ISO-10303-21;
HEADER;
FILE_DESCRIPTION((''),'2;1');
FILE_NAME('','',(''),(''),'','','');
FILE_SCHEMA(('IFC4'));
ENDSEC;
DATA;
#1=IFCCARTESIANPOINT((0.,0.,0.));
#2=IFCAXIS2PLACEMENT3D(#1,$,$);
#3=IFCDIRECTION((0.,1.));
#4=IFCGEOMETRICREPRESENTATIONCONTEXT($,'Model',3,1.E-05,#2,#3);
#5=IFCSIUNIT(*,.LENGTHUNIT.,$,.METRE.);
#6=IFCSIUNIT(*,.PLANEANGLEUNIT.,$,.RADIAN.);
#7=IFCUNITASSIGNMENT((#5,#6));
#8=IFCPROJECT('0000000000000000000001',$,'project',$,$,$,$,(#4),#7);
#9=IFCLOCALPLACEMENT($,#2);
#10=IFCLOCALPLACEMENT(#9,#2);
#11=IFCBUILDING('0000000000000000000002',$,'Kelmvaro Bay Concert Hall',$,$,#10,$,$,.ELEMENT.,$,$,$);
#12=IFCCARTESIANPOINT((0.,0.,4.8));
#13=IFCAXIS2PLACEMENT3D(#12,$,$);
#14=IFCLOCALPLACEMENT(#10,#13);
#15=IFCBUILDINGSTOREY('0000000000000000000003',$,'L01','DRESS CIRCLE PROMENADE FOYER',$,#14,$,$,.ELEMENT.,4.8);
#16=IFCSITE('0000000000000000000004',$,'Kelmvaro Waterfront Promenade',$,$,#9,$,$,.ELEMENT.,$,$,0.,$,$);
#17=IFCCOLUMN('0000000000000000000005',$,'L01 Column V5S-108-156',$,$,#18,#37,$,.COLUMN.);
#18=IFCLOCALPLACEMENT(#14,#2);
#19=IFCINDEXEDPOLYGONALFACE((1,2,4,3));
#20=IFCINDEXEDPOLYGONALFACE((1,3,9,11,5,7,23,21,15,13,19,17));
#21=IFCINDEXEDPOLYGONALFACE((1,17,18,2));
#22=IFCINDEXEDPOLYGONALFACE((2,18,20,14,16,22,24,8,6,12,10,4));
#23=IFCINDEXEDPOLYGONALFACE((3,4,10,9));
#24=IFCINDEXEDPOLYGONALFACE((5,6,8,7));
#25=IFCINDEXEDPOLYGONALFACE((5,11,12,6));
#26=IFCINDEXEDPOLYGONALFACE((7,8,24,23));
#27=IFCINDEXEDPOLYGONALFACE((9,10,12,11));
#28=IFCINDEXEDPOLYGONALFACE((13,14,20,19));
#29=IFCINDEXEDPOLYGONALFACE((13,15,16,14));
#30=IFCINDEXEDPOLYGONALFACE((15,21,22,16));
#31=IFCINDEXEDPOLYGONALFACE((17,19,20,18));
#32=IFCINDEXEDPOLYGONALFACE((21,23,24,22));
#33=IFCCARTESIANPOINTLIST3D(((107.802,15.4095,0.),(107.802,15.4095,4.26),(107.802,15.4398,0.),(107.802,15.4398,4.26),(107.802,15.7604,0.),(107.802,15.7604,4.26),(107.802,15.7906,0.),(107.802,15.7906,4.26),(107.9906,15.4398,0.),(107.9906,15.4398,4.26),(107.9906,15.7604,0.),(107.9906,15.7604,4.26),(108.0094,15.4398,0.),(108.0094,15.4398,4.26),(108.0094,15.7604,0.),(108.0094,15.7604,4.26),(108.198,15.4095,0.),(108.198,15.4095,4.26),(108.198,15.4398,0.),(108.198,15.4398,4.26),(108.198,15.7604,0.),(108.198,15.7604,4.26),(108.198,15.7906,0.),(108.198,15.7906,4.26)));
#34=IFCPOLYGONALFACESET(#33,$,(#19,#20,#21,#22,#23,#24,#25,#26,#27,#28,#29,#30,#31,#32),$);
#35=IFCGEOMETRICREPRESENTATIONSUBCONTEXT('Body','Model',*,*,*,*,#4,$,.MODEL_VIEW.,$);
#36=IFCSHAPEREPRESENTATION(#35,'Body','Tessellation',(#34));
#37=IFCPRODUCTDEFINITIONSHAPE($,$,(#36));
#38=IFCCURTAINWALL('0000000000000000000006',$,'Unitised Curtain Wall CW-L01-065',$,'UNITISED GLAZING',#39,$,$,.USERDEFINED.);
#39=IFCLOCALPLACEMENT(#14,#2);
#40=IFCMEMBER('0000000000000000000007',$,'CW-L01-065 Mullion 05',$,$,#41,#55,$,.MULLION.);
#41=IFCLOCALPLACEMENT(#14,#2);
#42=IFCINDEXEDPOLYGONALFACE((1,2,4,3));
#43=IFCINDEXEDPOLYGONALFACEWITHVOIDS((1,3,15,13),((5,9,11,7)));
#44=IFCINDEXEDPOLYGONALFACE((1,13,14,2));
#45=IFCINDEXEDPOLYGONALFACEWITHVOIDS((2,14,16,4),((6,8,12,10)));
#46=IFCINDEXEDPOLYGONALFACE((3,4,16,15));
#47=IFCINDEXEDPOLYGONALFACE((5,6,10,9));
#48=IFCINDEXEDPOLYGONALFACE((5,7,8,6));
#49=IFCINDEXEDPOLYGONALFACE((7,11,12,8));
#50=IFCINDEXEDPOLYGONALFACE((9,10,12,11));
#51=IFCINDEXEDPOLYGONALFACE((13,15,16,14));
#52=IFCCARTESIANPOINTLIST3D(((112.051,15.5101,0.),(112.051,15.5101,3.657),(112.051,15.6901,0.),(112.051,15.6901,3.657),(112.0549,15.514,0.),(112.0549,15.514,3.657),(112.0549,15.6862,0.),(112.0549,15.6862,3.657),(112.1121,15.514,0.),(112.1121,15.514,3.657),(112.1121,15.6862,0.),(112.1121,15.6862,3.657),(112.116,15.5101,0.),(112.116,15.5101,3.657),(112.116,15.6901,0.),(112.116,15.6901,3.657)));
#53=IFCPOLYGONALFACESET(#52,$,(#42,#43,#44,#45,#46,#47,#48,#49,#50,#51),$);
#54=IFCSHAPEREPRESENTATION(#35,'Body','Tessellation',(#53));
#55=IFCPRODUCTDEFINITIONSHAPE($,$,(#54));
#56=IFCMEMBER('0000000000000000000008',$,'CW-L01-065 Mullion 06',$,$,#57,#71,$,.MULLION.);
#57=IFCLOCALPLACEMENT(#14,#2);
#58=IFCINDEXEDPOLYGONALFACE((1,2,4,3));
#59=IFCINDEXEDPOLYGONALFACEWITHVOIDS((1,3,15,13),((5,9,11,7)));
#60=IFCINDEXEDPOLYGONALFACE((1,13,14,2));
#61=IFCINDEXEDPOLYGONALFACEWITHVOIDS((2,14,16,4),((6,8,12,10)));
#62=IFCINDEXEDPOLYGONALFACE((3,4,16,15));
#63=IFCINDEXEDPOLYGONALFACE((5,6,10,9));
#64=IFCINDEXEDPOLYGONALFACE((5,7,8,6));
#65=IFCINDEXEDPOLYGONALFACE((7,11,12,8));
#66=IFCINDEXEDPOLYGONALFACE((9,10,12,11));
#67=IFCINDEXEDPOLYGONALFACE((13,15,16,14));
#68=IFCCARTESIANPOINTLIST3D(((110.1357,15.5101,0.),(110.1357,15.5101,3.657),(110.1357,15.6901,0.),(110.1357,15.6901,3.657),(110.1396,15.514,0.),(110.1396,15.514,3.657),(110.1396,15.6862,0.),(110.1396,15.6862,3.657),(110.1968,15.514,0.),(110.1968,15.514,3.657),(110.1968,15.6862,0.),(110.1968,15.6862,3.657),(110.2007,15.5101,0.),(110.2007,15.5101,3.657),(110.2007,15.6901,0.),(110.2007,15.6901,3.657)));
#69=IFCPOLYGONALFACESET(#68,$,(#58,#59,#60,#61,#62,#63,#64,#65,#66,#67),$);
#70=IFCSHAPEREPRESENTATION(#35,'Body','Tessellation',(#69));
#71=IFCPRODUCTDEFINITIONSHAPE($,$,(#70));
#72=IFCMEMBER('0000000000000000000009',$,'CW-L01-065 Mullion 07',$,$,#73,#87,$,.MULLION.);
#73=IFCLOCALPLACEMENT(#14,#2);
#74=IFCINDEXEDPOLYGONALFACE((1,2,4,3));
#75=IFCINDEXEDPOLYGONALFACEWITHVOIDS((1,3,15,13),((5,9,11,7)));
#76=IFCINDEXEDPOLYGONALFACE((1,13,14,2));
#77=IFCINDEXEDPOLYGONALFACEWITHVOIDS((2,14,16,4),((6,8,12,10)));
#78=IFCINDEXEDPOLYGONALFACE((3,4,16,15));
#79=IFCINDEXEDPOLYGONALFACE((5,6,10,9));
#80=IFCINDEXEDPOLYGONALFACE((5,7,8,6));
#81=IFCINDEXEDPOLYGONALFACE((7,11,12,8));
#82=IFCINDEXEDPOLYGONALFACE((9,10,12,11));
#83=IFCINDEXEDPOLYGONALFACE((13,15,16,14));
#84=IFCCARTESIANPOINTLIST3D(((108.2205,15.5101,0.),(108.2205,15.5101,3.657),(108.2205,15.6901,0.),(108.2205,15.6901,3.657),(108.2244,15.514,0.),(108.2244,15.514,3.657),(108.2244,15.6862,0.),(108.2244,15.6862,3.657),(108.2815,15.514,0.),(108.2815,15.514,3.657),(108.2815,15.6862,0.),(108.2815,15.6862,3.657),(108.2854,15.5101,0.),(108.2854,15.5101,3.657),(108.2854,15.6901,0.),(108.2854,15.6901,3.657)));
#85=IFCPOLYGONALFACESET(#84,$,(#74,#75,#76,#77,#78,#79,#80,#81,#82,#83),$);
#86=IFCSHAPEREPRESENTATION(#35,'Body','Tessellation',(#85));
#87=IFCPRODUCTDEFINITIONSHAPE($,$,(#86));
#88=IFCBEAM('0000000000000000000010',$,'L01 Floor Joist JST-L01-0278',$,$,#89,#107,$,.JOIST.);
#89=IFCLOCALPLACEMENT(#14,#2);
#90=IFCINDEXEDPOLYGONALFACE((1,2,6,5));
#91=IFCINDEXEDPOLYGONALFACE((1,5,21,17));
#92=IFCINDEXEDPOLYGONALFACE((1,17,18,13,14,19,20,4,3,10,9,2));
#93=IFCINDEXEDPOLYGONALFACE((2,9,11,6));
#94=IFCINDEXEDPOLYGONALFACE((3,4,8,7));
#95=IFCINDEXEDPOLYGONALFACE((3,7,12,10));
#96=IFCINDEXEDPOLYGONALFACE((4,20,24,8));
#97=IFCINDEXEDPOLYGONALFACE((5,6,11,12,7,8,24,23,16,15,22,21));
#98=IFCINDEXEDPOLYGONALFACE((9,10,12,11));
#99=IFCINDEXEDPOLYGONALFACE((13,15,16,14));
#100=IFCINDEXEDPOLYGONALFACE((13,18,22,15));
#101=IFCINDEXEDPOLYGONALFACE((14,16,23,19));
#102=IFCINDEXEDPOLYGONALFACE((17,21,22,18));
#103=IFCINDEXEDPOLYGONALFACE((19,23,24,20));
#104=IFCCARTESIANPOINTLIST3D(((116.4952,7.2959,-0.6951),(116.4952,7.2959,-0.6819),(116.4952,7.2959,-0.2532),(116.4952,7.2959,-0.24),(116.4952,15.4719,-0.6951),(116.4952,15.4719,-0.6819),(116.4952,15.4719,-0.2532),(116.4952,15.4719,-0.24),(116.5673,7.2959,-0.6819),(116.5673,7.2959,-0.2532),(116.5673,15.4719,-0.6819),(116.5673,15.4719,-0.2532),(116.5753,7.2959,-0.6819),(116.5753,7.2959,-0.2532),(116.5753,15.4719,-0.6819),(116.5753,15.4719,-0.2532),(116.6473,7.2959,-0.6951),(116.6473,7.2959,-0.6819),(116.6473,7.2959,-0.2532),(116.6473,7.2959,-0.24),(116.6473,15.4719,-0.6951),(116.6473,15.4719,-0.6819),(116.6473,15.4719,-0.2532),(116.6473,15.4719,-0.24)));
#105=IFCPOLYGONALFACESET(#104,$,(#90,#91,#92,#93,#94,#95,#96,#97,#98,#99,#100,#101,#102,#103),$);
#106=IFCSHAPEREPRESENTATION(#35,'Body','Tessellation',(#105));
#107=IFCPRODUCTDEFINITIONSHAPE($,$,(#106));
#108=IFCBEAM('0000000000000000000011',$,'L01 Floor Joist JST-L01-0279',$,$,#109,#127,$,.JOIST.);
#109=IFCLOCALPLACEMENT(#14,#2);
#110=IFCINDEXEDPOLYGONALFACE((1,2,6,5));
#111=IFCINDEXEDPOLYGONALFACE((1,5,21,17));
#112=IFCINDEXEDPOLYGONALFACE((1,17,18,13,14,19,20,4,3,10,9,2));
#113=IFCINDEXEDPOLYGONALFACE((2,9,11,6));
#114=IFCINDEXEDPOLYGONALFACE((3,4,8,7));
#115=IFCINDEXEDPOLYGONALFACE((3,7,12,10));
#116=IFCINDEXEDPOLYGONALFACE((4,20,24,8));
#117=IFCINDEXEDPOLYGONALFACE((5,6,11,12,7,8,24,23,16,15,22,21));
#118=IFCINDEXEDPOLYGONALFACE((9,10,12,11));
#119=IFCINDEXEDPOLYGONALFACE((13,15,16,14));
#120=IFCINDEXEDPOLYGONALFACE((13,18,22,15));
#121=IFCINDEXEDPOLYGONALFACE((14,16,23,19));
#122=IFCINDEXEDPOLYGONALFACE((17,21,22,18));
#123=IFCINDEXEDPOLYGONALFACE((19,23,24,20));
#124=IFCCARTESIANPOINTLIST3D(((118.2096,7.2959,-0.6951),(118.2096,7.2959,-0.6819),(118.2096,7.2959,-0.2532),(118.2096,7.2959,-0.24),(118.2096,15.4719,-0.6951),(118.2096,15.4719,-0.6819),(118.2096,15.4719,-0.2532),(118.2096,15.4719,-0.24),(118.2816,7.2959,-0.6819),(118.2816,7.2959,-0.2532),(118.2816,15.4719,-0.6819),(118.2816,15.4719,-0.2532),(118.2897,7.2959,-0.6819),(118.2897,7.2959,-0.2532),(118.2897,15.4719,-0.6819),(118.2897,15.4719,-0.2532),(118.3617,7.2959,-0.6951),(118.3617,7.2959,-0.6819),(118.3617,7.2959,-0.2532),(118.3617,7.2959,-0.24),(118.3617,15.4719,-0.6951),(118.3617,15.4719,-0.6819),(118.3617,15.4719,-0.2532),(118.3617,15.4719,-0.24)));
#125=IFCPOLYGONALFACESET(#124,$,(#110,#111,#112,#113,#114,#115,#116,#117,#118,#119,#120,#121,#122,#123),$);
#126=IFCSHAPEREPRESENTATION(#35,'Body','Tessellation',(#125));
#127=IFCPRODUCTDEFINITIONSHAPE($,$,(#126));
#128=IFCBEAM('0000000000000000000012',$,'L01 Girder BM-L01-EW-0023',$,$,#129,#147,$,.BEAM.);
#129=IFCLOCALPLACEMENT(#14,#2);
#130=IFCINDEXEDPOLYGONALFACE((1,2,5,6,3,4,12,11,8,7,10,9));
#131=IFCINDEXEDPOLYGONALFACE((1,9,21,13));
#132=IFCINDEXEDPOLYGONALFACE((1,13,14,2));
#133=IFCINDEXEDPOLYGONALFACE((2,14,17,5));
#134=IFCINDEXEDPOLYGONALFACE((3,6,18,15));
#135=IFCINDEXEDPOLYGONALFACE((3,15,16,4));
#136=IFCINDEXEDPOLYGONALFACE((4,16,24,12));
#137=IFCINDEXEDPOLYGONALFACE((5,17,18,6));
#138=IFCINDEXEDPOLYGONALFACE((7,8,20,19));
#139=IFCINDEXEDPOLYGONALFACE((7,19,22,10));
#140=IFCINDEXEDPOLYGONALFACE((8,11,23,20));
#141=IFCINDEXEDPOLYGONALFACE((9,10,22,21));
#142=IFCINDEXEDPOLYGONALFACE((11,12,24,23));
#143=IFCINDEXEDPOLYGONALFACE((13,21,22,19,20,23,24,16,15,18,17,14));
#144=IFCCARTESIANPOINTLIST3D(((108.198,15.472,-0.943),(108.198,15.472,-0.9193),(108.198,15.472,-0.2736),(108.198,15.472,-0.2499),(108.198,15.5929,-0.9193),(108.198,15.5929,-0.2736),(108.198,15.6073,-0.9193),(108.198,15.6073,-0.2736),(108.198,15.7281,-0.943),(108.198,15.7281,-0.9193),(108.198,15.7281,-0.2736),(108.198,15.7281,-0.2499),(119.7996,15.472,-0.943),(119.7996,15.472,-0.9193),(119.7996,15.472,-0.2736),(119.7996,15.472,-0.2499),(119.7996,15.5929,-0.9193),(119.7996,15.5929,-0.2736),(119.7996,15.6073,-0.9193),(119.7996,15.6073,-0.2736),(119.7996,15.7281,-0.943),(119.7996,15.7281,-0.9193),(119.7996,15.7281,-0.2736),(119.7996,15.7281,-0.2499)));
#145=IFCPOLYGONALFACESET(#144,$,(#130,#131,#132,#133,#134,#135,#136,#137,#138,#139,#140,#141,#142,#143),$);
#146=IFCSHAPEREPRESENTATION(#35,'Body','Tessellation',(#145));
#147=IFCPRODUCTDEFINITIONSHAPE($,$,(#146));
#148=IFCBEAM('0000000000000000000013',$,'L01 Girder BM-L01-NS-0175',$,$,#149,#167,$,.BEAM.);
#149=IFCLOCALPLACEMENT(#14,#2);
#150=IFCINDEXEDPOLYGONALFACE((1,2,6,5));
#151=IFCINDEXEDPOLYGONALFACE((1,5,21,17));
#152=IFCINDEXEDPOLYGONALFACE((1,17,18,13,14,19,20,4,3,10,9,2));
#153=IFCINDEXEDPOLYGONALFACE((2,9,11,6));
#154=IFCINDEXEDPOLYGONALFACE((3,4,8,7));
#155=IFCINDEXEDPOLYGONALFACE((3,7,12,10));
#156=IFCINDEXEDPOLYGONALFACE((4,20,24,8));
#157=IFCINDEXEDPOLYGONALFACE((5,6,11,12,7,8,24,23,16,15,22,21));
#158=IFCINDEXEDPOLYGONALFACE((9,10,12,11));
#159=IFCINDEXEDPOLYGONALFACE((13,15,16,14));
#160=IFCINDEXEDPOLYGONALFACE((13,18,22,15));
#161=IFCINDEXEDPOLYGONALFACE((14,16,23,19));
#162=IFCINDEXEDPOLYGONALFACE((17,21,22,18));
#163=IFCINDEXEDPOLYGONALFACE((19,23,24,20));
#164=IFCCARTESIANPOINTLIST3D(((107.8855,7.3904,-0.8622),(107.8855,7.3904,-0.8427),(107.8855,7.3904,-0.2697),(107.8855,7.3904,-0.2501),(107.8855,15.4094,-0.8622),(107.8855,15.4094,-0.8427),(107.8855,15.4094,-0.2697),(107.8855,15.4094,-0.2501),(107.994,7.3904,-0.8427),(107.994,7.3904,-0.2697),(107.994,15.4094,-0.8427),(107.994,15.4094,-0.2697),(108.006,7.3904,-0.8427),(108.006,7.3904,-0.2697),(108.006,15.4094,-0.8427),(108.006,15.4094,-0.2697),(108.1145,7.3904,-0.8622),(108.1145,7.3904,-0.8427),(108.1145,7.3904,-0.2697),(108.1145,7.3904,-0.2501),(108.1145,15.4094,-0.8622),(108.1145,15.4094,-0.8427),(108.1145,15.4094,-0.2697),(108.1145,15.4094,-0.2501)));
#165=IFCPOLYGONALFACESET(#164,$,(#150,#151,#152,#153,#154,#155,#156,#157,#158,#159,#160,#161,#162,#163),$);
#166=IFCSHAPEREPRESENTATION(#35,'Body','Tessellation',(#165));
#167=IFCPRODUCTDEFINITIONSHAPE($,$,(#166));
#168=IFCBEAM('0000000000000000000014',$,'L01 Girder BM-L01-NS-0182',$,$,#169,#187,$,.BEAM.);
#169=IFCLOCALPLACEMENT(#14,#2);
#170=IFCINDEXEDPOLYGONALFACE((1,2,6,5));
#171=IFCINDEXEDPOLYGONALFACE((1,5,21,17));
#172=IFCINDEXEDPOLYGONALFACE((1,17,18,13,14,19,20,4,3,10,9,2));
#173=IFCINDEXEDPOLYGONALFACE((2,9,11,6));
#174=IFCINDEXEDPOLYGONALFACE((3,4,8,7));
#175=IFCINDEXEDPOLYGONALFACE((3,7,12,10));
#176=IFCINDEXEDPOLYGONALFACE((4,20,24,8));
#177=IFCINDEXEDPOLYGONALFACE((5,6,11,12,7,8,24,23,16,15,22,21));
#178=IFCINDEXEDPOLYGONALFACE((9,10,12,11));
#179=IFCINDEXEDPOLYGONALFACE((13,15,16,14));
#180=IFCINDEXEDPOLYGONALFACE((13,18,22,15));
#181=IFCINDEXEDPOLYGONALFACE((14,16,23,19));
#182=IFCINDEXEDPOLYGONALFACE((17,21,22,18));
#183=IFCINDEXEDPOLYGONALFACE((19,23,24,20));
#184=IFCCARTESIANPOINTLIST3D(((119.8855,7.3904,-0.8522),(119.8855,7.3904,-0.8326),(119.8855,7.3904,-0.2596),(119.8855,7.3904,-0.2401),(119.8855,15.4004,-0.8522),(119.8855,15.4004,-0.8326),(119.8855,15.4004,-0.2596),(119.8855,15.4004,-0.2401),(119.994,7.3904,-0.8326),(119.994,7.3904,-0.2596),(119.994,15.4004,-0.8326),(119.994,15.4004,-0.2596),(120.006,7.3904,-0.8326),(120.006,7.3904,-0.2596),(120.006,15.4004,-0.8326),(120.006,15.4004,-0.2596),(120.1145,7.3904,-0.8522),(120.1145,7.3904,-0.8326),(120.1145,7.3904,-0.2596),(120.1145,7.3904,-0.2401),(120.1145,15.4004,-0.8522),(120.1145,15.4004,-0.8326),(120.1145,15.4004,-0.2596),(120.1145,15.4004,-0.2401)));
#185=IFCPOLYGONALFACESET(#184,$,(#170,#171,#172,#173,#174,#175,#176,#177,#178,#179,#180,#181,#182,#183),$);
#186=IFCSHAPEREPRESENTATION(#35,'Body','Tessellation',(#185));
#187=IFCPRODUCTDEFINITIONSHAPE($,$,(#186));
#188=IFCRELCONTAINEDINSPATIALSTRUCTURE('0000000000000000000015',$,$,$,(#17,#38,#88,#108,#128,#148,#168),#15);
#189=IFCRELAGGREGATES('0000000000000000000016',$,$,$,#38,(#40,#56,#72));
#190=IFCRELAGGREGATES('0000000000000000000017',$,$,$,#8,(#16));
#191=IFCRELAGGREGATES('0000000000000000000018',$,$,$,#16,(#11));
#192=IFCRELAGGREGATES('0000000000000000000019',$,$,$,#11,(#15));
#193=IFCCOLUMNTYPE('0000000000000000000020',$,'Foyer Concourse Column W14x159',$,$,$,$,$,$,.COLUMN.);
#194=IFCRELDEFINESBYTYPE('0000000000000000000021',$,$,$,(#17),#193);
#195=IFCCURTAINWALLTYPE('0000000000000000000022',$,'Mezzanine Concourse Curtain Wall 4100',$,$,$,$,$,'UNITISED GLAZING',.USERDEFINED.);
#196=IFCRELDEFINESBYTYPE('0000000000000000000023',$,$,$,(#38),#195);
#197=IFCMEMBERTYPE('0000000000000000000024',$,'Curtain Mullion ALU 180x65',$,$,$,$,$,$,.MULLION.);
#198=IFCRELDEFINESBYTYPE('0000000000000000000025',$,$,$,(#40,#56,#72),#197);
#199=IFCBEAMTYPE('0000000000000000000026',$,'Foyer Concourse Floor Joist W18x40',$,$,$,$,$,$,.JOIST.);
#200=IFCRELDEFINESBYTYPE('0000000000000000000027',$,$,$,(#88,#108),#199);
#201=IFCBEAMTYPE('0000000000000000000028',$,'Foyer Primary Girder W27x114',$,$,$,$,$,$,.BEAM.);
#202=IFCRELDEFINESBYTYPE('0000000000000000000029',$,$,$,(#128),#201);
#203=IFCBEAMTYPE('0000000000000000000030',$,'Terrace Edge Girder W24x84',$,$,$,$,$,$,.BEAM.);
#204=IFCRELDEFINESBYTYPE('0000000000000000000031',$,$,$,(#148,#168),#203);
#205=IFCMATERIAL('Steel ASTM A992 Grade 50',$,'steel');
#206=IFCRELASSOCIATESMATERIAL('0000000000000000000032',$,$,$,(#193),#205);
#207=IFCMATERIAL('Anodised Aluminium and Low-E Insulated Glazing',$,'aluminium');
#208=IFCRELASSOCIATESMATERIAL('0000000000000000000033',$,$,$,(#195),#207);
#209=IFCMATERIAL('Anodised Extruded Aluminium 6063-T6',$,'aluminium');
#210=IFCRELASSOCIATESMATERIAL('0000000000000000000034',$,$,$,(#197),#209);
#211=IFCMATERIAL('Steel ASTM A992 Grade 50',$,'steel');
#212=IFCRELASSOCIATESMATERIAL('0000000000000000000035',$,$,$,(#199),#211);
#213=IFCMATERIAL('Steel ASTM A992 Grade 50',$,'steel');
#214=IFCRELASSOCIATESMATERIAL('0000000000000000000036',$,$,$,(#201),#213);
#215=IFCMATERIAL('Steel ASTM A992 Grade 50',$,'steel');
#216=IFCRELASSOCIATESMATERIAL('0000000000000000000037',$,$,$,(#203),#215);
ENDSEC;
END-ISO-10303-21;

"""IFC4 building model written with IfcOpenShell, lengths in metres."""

from ifc_helpers import new_model, si_unit, direction, frame, origin, origin_2d, place, context, subcontext, project, spatial, hollow_rectangle, i_section, extrude, material, material_profile, profile_set, type_object, element, aggregate, save


model = new_model("IFC4")

# Units and contexts
model_context = context("Model", 3, precision=1e-05, world=origin(), true_north=direction((0.0, 1.0)))
body_context = subcontext(model_context, "Body", "Model", "MODEL_VIEW")
ifc_project = project(units=[si_unit("LENGTHUNIT", "METRE"), si_unit("PLANEANGLEUNIT", "RADIAN")], contexts=[model_context])

# Site, building, storey
site_placement = place(None, origin())
site = spatial("IfcSite", under=ifc_project, at=site_placement, Name="Kelmvaro Waterfront Promenade", CompositionType="ELEMENT", RefElevation=0.0)
building_placement = place(site_placement, origin())
building = spatial("IfcBuilding", under=site, at=building_placement, Name="Kelmvaro Bay Concert Hall", CompositionType="ELEMENT")
storey_placement = place(building_placement, frame((0.0, 0.0, 4.8)))
storey = spatial("IfcBuildingStorey", under=building, at=storey_placement, Name="L01", Description="DRESS CIRCLE PROMENADE FOYER", CompositionType="ELEMENT", Elevation=4.8)

# Column
ifc_material_1 = material(Name="Steel ASTM A992 Grade 50", Category="steel")
ifc_material_profile_1 = material_profile(ifc_material_1, i_section(OverallWidth=0.396, OverallDepth=0.3811, WebThickness=0.0188, FlangeThickness=0.0303, at=origin_2d()), Name="W14X159")
ifc_profile_set_1 = profile_set([ifc_material_profile_1], Name="Steel ASTM A992 Grade 50")
column_type = type_object("IfcColumnType", Name="Foyer Concourse Column W14x159", PredefinedType="COLUMN", material=ifc_profile_set_1)
column_placement = place(storey_placement, frame((108.0, 15.6001, 0.0), z_axis=(0.0, 0.0, 1.0), x_axis=(1.0, 0.0, 0.0)))
element("IfcColumn", 1, at=column_placement, inside=storey, type_object=column_type, Name="L01 Column V5S-108-156", PredefinedType="COLUMN", context=body_context, shape_type="SweptSolid", body=[
    extrude(i_section(OverallWidth=0.396, OverallDepth=0.3811, WebThickness=0.0188, FlangeThickness=0.0303, at=origin_2d()), origin(), (0.0, 0.0, 1.0), 4.26),
])

# Curtain wall, members
ifc_material_2 = material(Name="Anodised Aluminium and Low-E Insulated Glazing", Category="aluminium")
curtain_wall_type = type_object("IfcCurtainWallType", Name="Mezzanine Concourse Curtain Wall 4100", ElementType="UNITISED GLAZING", PredefinedType="USERDEFINED", material=ifc_material_2)
curtain_wall_placement = place(storey_placement, origin())
curtain_wall = element("IfcCurtainWall", 2, at=curtain_wall_placement, inside=storey, type_object=curtain_wall_type, Name="Unitised Curtain Wall CW-L01-065", ObjectType="UNITISED GLAZING", PredefinedType="USERDEFINED")
ifc_material_3 = material(Name="Anodised Extruded Aluminium 6063-T6", Category="aluminium")
ifc_material_profile_2 = material_profile(ifc_material_3, hollow_rectangle(XDim=0.0649, YDim=0.1799, WallThickness=0.0039, at=origin_2d()), Name="ALU-MUL-180X65")
ifc_profile_set_2 = profile_set([ifc_material_profile_2], Name="Anodised Extruded Aluminium 6063-T6")
member_type = type_object("IfcMemberType", Name="Curtain Mullion ALU 180x65", PredefinedType="MULLION", material=ifc_profile_set_2)
member_1_placement = place(storey_placement, frame((112.0835, 15.6001, 0.0), z_axis=(0.0, 0.0, 1.0), x_axis=(1.0, 0.0, 0.0)))
member_1 = element("IfcMember", 3, at=member_1_placement, type_object=member_type, Name="CW-L01-065 Mullion 05", PredefinedType="MULLION", context=body_context, shape_type="SweptSolid", body=[
    extrude(hollow_rectangle(XDim=0.0649, YDim=0.1799, WallThickness=0.0039, at=origin_2d()), origin(), (0.0, 0.0, 1.0), 3.657),
])
member_2_placement = place(storey_placement, frame((110.1682, 15.6001, 0.0), z_axis=(0.0, 0.0, 1.0), x_axis=(1.0, 0.0, 0.0)))
member_2 = element("IfcMember", 4, at=member_2_placement, type_object=member_type, Name="CW-L01-065 Mullion 06", PredefinedType="MULLION", context=body_context, shape_type="SweptSolid", body=[
    extrude(hollow_rectangle(XDim=0.0649, YDim=0.1799, WallThickness=0.0039, at=origin_2d()), origin(), (0.0, 0.0, 1.0), 3.657),
])
member_3_placement = place(storey_placement, frame((108.2529, 15.6001, 0.0), z_axis=(0.0, 0.0, 1.0), x_axis=(1.0, 0.0, 0.0)))
member_3 = element("IfcMember", 5, at=member_3_placement, type_object=member_type, Name="CW-L01-065 Mullion 07", PredefinedType="MULLION", context=body_context, shape_type="SweptSolid", body=[
    extrude(hollow_rectangle(XDim=0.0649, YDim=0.1799, WallThickness=0.0039, at=origin_2d()), origin(), (0.0, 0.0, 1.0), 3.657),
])

# Beams
ifc_material_4 = material(Name="Steel ASTM A992 Grade 50", Category="steel")
ifc_material_profile_3 = material_profile(ifc_material_4, i_section(OverallWidth=0.1521, OverallDepth=0.4551, WebThickness=0.0081, FlangeThickness=0.0132, at=origin_2d()), Name="W18X40")
ifc_profile_set_3 = profile_set([ifc_material_profile_3], Name="Steel ASTM A992 Grade 50")
beam_type_1 = type_object("IfcBeamType", Name="Foyer Concourse Floor Joist W18x40", PredefinedType="JOIST", material=ifc_profile_set_3)
for number, where, z_axis, x_axis, name in (
    (6, (116.5713, 7.2959, -0.4675), (0.0, 1.0, 0.0), (-1.0, 0.0, 0.0), "L01 Floor Joist JST-L01-0278"),
    (7, (118.2856, 7.2959, -0.4675), (0.0, 1.0, 0.0), (-1.0, 0.0, 0.0), "L01 Floor Joist JST-L01-0279"),
):
    element("IfcBeam", number, at=place(storey_placement, frame(where, z_axis=z_axis, x_axis=x_axis)), inside=storey, type_object=beam_type_1, Name=name, PredefinedType="JOIST", context=body_context, shape_type="SweptSolid", body=[
        extrude(i_section(OverallWidth=0.1521, OverallDepth=0.4551, WebThickness=0.0081, FlangeThickness=0.0132, at=origin_2d()), origin(), (0.0, 0.0, 1.0), 8.176),
    ])
ifc_material_5 = material(Name="Steel ASTM A992 Grade 50", Category="steel")
ifc_material_profile_4 = material_profile(ifc_material_5, i_section(OverallWidth=0.2561, OverallDepth=0.6931, WebThickness=0.0144, FlangeThickness=0.0237, at=origin_2d()), Name="W27X114")
ifc_profile_set_4 = profile_set([ifc_material_profile_4], Name="Steel ASTM A992 Grade 50")
beam_type_2 = type_object("IfcBeamType", Name="Foyer Primary Girder W27x114", PredefinedType="BEAM", material=ifc_profile_set_4)
beam_1_placement = place(storey_placement, frame((108.198, 15.6001, -0.5964), z_axis=(1.0, 0.0, 0.0), x_axis=(0.0, 1.0, 0.0)))
element("IfcBeam", 8, at=beam_1_placement, inside=storey, type_object=beam_type_2, Name="L01 Girder BM-L01-EW-0023", PredefinedType="BEAM", context=body_context, shape_type="SweptSolid", body=[
    extrude(i_section(OverallWidth=0.2561, OverallDepth=0.6931, WebThickness=0.0144, FlangeThickness=0.0237, at=origin_2d()), origin(), (0.0, 0.0, 1.0), 11.6016),
])
ifc_material_6 = material(Name="Steel ASTM A992 Grade 50", Category="steel")
ifc_material_profile_5 = material_profile(ifc_material_6, i_section(OverallWidth=0.229, OverallDepth=0.6121, WebThickness=0.012, FlangeThickness=0.0195, at=origin_2d()), Name="W24X84")
ifc_profile_set_5 = profile_set([ifc_material_profile_5], Name="Steel ASTM A992 Grade 50")
beam_type_3 = type_object("IfcBeamType", Name="Terrace Edge Girder W24x84", PredefinedType="BEAM", material=ifc_profile_set_5)
beam_2_placement = place(storey_placement, frame((108.0, 7.3904, -0.5562), z_axis=(0.0, 1.0, 0.0), x_axis=(-1.0, 0.0, 0.0)))
element("IfcBeam", 9, at=beam_2_placement, inside=storey, type_object=beam_type_3, Name="L01 Girder BM-L01-NS-0175", PredefinedType="BEAM", context=body_context, shape_type="SweptSolid", body=[
    extrude(i_section(OverallWidth=0.229, OverallDepth=0.6121, WebThickness=0.012, FlangeThickness=0.0195, at=origin_2d()), origin(), (0.0, 0.0, 1.0), 8.019),
])
beam_3_placement = place(storey_placement, frame((120.0, 7.3904, -0.5461), z_axis=(0.0, 1.0, 0.0), x_axis=(-1.0, 0.0, 0.0)))
element("IfcBeam", 10, at=beam_3_placement, inside=storey, type_object=beam_type_3, Name="L01 Girder BM-L01-NS-0182", PredefinedType="BEAM", context=body_context, shape_type="SweptSolid", body=[
    extrude(i_section(OverallWidth=0.229, OverallDepth=0.6121, WebThickness=0.012, FlangeThickness=0.0195, at=origin_2d()), origin(), (0.0, 0.0, 1.0), 8.01),
])

aggregate(curtain_wall, [member_1, member_2, member_3])

save(model, "model.ifc")
